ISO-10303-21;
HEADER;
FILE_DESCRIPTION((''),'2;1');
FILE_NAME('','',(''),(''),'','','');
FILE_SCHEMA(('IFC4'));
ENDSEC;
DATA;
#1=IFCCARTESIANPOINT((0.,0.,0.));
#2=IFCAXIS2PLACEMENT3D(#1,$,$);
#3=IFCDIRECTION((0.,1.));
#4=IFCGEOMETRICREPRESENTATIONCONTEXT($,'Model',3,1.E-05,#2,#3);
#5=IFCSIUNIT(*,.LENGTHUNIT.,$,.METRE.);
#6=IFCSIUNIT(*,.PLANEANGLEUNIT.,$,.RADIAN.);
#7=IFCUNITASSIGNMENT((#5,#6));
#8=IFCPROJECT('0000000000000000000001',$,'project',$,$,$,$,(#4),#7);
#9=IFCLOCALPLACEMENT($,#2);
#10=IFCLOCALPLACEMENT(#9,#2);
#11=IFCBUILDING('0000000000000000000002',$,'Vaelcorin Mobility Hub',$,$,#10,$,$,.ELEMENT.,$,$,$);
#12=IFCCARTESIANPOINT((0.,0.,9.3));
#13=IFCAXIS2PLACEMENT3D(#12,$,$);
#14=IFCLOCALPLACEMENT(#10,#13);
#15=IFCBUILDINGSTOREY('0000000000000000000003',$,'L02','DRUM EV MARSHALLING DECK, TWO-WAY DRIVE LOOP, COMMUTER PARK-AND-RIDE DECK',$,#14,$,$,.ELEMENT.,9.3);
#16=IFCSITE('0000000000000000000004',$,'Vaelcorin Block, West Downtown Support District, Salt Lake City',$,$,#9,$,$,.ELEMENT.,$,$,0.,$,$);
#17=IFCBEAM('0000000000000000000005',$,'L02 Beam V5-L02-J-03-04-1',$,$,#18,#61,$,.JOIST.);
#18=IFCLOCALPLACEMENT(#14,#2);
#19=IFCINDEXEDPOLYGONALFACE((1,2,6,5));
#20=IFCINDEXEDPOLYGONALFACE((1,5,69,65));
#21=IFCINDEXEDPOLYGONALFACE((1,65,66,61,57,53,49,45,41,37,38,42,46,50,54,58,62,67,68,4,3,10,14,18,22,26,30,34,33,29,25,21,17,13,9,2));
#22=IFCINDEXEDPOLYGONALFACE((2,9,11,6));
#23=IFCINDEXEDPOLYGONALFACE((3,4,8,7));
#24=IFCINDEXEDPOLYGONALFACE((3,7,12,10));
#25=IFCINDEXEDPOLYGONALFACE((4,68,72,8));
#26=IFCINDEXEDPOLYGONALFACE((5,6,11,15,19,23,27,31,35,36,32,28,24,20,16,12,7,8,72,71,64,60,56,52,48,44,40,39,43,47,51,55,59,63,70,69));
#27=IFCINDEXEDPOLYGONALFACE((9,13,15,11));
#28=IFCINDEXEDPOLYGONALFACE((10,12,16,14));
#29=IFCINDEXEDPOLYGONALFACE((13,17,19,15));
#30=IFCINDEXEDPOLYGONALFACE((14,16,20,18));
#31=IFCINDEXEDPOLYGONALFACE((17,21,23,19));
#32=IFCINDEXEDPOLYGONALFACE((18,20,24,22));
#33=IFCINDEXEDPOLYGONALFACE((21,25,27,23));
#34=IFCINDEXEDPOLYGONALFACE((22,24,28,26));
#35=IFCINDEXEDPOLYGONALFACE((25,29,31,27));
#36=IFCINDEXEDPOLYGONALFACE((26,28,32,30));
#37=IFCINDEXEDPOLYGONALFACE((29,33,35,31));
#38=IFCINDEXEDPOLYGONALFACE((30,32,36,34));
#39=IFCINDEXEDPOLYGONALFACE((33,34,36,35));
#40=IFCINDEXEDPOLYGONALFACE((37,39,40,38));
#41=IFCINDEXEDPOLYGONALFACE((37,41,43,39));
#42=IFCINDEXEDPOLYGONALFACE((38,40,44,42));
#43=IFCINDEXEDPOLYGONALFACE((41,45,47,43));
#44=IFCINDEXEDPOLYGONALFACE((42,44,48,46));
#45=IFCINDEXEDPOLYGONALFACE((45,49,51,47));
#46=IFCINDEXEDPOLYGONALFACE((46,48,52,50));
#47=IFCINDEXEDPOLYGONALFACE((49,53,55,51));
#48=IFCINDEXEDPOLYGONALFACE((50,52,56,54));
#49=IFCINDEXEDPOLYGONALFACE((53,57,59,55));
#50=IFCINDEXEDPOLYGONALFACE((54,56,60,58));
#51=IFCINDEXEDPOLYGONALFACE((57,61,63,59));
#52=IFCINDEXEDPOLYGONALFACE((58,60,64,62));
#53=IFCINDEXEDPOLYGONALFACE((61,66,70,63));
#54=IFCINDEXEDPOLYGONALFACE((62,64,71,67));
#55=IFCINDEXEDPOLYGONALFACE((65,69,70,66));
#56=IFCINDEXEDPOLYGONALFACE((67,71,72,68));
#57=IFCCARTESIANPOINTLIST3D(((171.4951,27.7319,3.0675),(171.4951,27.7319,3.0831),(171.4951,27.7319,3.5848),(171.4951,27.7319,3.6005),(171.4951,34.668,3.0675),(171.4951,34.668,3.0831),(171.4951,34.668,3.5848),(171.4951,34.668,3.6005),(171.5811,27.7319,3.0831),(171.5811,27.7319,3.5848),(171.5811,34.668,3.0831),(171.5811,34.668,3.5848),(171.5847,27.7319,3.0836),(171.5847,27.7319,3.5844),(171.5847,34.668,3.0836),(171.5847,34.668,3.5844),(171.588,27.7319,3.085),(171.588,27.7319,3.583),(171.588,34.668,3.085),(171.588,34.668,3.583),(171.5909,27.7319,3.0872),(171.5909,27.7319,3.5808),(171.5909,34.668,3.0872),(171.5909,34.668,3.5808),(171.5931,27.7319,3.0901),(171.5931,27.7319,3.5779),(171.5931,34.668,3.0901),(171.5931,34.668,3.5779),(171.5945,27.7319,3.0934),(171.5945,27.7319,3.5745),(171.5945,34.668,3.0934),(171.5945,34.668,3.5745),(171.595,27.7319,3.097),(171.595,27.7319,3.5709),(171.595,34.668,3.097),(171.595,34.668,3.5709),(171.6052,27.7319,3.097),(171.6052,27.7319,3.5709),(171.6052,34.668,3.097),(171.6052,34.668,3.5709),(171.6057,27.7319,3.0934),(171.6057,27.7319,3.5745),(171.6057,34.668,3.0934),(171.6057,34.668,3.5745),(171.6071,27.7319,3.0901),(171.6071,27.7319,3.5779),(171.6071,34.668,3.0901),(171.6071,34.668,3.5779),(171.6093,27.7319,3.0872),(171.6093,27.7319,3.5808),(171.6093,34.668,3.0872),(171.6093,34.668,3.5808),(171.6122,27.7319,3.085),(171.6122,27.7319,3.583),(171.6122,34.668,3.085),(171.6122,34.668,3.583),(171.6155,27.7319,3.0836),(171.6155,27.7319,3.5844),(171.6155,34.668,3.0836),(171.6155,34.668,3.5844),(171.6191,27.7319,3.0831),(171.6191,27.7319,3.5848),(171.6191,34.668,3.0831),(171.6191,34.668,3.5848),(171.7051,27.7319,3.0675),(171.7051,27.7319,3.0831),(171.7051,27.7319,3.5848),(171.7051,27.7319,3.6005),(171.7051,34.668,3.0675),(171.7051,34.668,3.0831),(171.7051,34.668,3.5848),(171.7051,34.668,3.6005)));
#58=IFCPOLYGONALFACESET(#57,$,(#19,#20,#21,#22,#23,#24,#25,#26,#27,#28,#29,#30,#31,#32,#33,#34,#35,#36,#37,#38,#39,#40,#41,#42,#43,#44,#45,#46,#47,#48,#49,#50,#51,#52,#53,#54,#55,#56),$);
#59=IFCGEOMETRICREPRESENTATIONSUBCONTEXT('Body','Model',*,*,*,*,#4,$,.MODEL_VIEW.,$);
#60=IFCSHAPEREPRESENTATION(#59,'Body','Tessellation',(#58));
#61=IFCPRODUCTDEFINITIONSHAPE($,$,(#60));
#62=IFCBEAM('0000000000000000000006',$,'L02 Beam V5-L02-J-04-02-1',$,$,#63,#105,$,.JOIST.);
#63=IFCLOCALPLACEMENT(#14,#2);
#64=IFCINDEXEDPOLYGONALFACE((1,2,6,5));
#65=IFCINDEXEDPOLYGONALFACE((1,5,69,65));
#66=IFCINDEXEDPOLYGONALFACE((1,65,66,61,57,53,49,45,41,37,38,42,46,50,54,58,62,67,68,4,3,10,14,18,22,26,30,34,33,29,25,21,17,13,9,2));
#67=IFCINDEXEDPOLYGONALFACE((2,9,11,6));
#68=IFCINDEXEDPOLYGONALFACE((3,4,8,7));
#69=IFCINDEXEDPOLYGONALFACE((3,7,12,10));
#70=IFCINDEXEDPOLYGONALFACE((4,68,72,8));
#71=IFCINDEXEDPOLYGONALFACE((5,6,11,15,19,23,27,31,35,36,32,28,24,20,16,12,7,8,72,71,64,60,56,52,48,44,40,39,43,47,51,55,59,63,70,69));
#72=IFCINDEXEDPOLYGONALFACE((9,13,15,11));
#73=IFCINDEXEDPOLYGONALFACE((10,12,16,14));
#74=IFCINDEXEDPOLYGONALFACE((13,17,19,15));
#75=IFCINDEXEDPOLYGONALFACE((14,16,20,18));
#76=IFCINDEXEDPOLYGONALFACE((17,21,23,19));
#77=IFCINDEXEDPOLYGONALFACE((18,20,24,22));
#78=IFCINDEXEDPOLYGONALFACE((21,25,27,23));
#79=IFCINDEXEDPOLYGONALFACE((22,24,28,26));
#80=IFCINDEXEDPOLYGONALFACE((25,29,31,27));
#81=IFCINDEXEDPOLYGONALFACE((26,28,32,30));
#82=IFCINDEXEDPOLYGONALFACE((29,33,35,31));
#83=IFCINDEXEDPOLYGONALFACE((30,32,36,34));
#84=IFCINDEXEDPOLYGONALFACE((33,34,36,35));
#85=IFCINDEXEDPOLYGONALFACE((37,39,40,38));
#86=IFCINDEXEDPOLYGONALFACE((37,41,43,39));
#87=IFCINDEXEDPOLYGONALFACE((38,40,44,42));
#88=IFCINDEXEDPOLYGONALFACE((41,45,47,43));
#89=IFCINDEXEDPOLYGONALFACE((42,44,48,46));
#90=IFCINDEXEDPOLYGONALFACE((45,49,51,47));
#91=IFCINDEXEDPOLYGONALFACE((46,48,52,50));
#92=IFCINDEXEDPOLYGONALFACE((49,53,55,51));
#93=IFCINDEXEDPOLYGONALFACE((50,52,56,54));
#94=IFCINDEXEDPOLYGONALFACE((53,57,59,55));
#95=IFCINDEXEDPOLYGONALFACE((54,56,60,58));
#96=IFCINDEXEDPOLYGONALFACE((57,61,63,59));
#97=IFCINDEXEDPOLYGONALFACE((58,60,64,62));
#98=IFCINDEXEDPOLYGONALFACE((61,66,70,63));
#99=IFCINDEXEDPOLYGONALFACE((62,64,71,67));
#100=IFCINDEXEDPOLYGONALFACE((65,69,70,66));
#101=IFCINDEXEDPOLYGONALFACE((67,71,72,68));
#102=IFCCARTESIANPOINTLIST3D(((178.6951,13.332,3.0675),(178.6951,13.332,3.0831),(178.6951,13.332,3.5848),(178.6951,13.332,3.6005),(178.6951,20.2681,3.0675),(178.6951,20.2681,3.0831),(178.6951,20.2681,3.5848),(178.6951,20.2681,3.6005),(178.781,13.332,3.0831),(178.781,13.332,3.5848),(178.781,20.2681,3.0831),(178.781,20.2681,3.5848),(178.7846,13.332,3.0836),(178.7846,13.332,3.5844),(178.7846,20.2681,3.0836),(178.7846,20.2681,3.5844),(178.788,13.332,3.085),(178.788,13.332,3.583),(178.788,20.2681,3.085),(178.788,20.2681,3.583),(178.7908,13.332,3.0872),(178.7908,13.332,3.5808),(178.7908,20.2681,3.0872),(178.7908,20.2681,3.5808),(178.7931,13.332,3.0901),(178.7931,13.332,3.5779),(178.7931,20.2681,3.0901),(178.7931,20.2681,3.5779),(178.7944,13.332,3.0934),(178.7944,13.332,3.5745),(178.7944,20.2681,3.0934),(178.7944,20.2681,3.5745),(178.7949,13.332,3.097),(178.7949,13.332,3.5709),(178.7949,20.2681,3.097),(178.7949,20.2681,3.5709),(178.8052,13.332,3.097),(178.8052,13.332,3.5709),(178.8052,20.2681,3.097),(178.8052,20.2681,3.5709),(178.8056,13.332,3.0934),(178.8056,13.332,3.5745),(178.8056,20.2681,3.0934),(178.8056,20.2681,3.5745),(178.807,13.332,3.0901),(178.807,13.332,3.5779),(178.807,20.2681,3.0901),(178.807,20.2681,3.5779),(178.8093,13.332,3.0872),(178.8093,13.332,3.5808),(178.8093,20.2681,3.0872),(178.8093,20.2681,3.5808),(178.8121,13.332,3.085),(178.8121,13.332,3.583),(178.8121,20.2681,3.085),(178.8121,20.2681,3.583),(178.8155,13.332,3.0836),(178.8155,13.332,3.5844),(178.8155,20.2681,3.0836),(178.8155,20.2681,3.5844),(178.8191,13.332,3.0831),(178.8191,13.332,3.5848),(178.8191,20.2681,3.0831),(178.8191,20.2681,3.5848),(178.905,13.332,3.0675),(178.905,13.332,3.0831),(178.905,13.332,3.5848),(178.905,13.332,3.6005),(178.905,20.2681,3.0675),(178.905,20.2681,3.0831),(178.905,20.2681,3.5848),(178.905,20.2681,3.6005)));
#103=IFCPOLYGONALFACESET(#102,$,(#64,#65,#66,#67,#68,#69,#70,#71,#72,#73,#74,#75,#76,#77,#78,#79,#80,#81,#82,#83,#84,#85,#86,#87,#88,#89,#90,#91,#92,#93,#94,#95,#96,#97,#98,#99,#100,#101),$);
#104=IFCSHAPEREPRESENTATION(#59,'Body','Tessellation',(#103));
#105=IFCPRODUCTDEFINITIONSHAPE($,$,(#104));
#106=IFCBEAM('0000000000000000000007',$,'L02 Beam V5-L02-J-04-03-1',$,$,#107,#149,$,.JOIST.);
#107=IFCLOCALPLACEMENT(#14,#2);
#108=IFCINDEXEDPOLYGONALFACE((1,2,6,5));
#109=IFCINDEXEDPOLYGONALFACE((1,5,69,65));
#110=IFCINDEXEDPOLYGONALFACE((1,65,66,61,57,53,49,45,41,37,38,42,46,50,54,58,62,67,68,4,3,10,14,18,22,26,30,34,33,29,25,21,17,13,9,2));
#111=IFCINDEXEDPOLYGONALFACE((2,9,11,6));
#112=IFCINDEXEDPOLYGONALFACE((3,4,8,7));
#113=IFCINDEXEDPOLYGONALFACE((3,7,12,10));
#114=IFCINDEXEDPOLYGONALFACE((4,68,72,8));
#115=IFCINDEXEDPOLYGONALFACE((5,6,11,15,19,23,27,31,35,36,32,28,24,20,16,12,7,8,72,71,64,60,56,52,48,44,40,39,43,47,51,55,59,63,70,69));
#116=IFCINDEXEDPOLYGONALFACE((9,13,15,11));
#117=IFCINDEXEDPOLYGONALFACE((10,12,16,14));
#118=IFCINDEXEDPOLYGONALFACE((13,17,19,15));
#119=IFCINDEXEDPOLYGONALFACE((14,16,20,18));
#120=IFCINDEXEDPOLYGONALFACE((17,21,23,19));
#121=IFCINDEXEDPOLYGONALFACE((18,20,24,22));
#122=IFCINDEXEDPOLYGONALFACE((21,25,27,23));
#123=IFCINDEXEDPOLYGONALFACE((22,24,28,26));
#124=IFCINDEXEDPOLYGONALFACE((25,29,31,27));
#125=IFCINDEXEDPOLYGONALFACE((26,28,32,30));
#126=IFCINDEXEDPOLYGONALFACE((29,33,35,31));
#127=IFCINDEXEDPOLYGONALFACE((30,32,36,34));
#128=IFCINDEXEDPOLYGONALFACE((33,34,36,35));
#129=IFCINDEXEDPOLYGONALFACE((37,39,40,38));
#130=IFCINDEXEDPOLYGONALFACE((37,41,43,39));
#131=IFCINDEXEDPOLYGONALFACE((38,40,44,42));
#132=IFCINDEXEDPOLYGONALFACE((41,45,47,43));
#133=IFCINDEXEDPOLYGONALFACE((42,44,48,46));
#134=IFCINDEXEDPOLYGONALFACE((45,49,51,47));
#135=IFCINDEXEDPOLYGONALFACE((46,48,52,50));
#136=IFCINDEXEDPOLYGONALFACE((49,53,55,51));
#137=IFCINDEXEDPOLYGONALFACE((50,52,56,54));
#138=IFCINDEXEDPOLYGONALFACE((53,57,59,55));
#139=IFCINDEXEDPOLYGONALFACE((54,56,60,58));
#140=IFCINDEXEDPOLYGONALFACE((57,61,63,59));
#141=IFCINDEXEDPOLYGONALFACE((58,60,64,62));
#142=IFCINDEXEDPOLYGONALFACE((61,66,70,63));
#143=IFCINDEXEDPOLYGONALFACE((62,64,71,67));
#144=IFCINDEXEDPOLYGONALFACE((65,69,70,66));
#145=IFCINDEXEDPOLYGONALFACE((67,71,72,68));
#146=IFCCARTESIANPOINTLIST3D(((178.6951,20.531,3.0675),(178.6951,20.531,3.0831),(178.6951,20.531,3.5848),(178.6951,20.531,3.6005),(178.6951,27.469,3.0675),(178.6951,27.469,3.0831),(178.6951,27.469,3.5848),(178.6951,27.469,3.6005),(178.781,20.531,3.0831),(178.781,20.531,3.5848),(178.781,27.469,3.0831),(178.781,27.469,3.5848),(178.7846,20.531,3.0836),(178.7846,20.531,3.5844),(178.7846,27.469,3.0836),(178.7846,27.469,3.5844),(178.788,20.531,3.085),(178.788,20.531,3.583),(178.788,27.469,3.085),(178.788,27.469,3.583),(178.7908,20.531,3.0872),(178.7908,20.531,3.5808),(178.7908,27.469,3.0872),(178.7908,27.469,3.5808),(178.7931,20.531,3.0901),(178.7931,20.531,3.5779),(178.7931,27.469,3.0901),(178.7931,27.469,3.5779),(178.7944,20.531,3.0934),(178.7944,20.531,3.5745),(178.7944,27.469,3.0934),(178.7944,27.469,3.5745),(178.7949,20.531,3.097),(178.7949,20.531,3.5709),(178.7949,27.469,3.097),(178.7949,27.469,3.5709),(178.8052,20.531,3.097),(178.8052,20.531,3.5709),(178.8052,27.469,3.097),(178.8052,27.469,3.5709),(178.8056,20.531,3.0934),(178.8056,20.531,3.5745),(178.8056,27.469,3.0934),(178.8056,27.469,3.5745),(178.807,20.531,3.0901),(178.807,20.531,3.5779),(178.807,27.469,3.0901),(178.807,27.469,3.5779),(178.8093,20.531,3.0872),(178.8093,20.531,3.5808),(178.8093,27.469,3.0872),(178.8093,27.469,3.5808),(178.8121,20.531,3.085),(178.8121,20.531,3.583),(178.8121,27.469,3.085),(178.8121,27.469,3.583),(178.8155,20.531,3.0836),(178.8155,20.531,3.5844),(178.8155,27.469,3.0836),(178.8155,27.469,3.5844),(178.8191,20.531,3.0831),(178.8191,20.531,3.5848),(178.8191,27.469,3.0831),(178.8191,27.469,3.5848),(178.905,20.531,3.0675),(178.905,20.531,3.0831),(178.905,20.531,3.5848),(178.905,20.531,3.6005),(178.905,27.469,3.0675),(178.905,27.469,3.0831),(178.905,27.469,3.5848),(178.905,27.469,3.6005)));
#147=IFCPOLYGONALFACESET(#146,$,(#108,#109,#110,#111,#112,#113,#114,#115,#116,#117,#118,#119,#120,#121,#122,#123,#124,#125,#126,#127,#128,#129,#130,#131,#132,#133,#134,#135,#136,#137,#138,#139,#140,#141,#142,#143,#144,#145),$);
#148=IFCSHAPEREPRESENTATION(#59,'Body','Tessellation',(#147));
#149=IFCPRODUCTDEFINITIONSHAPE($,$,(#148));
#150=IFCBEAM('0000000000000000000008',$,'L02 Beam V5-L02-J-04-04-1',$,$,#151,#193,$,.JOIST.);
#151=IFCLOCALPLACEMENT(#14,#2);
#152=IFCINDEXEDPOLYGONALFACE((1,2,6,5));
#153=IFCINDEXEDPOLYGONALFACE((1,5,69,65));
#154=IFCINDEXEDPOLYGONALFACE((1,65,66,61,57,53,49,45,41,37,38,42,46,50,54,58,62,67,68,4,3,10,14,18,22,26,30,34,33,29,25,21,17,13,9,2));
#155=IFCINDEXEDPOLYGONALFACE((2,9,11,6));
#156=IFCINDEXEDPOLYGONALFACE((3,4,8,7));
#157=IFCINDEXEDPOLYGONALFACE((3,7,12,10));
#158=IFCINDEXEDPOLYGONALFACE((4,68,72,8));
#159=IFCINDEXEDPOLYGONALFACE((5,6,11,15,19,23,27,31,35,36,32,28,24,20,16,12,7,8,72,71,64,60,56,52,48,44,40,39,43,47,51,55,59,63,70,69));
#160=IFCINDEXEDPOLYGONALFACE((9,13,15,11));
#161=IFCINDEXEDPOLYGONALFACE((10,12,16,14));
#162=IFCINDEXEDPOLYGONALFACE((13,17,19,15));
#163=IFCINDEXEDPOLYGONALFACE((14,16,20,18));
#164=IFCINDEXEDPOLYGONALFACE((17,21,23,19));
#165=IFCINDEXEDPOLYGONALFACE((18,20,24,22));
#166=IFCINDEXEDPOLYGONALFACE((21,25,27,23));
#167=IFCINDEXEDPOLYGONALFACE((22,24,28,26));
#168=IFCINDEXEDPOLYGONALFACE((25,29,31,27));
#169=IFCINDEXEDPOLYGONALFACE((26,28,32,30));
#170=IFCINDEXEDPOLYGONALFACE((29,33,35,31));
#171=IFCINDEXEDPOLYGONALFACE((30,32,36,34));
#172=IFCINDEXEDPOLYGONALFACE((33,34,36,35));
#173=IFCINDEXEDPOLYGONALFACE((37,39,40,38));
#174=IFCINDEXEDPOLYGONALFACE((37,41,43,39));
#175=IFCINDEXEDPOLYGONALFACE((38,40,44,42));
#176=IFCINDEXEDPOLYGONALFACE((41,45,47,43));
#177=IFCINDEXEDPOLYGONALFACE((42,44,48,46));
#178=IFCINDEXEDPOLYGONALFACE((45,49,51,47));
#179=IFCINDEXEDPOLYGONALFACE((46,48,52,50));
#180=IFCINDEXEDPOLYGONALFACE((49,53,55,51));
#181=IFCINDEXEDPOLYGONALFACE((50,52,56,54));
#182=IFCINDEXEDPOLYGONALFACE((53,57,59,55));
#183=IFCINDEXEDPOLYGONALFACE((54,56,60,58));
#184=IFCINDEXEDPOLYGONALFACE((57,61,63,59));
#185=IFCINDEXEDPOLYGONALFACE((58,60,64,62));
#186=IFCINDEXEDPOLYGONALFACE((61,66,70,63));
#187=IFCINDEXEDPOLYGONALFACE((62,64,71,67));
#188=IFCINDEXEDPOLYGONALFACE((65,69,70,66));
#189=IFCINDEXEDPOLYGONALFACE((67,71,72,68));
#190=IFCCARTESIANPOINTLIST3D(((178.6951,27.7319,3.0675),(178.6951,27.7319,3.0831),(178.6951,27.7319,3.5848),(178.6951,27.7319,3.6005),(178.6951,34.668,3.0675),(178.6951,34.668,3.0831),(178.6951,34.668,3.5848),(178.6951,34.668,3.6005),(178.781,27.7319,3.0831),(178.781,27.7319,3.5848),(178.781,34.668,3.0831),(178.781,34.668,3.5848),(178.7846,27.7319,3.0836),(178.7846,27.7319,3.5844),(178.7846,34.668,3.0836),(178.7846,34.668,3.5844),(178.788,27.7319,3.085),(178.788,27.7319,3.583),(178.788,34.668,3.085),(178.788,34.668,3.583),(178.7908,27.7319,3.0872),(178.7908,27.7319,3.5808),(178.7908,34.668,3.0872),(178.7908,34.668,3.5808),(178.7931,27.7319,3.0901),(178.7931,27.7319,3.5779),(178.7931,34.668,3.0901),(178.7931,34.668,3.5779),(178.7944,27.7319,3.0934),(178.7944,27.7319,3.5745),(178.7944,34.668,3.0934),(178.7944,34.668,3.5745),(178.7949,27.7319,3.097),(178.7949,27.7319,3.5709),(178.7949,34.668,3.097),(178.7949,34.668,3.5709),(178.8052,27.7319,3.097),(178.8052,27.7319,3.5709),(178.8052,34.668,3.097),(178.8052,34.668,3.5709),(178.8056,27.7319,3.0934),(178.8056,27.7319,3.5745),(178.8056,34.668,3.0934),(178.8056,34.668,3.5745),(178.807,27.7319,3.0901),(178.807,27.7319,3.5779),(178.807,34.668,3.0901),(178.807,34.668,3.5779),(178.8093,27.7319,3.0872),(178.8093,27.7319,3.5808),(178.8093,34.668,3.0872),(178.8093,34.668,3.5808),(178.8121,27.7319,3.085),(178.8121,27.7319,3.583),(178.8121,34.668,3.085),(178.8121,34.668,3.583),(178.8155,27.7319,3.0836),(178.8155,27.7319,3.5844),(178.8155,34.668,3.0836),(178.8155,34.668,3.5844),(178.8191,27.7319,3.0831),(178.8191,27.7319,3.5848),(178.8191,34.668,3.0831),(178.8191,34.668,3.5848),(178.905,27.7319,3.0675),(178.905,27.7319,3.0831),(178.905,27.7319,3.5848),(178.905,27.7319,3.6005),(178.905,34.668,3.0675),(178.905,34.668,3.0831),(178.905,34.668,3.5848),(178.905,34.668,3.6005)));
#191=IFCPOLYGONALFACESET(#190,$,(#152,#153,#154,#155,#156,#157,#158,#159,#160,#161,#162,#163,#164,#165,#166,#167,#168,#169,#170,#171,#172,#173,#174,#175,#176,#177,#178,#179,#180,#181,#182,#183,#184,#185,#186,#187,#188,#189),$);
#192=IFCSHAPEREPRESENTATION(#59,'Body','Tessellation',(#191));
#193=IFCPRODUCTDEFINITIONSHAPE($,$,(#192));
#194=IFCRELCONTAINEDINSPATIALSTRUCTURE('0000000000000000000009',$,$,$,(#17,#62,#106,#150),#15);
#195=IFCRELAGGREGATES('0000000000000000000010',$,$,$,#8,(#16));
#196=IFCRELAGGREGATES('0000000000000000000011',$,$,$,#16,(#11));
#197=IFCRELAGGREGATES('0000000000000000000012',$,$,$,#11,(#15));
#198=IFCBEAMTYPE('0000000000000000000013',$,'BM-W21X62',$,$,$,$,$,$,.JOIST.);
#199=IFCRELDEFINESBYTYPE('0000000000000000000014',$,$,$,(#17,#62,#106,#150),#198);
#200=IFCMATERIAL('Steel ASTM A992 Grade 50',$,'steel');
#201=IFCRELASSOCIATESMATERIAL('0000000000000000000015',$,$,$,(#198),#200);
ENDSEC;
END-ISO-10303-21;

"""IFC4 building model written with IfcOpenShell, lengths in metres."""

from ifc_helpers import new_model, si_unit, direction, frame, origin, origin_2d, place, context, subcontext, project, spatial, i_section, extrude, material, material_profile, profile_set, type_object, element, save


model = new_model("IFC4")

# Units and contexts
model_context = context("Model", 3, precision=1e-05, world=origin(), true_north=direction((0.0, 1.0)))
body_context = subcontext(model_context, "Body", "Model", "MODEL_VIEW")
ifc_project = project(units=[si_unit("LENGTHUNIT", "METRE"), si_unit("PLANEANGLEUNIT", "RADIAN")], contexts=[model_context])

# Site, building, storey
site_placement = place(None, origin())
site = spatial("IfcSite", under=ifc_project, at=site_placement, Name="Vaelcorin Block, West Downtown Support District, Salt Lake City", CompositionType="ELEMENT", RefElevation=0.0)
building_placement = place(site_placement, origin())
building = spatial("IfcBuilding", under=site, at=building_placement, Name="Vaelcorin Mobility Hub", CompositionType="ELEMENT")
storey_placement = place(building_placement, frame((0.0, 0.0, 9.3)))
storey = spatial("IfcBuildingStorey", under=building, at=storey_placement, Name="L02", Description="DRUM EV MARSHALLING DECK, TWO-WAY DRIVE LOOP, COMMUTER PARK-AND-RIDE DECK", CompositionType="ELEMENT", Elevation=9.3)

# Shared definitions
ifc_material_1 = material(Name="Steel ASTM A992 Grade 50", Category="steel")

# Beams
ifc_material_profile_1 = material_profile(ifc_material_1, i_section(OverallWidth=0.21, OverallDepth=0.533, WebThickness=0.0103, FlangeThickness=0.0156, FilletRadius=0.0139, at=origin_2d()), Name="W21X62")
ifc_profile_set_1 = profile_set([ifc_material_profile_1], Name="Steel ASTM A992 Grade 50")
beam_type_1 = type_object("IfcBeamType", Name="BM-W21X62", PredefinedType="JOIST", material=ifc_profile_set_1)
for number, where, z_axis, x_axis, name in (
    (1, (171.6001, 27.7319, 3.334), (0.0, 1.0, 0.0), (-1.0, 0.0, 0.0), "L02 Beam V5-L02-J-03-04-1"),
    (2, (178.8, 13.332, 3.334), (0.0, 1.0, 0.0), (-1.0, 0.0, 0.0), "L02 Beam V5-L02-J-04-02-1"),
):
    element("IfcBeam", number, at=place(storey_placement, frame(where, z_axis=z_axis, x_axis=x_axis)), inside=storey, type_object=beam_type_1, Name=name, PredefinedType="JOIST", context=body_context, shape_type="SweptSolid", body=[
        extrude(i_section(OverallWidth=0.21, OverallDepth=0.533, WebThickness=0.0103, FlangeThickness=0.0156, FilletRadius=0.0139, at=origin_2d()), origin(), (0.0, 0.0, 1.0), 6.936),
    ])
beam_1_placement = place(storey_placement, frame((178.8, 20.531, 3.334), z_axis=(0.0, 1.0, 0.0), x_axis=(-1.0, 0.0, 0.0)))
element("IfcBeam", 3, at=beam_1_placement, inside=storey, type_object=beam_type_1, Name="L02 Beam V5-L02-J-04-03-1", PredefinedType="JOIST", context=body_context, shape_type="SweptSolid", body=[
    extrude(i_section(OverallWidth=0.21, OverallDepth=0.533, WebThickness=0.0103, FlangeThickness=0.0156, FilletRadius=0.0139, at=origin_2d()), origin(), (0.0, 0.0, 1.0), 6.938),
])
beam_2_placement = place(storey_placement, frame((178.8, 27.7319, 3.334), z_axis=(0.0, 1.0, 0.0), x_axis=(-1.0, 0.0, 0.0)))
element("IfcBeam", 4, at=beam_2_placement, inside=storey, type_object=beam_type_1, Name="L02 Beam V5-L02-J-04-04-1", PredefinedType="JOIST", context=body_context, shape_type="SweptSolid", body=[
    extrude(i_section(OverallWidth=0.21, OverallDepth=0.533, WebThickness=0.0103, FlangeThickness=0.0156, FilletRadius=0.0139, at=origin_2d()), origin(), (0.0, 0.0, 1.0), 6.936),
])

save(model, "model.ifc")
